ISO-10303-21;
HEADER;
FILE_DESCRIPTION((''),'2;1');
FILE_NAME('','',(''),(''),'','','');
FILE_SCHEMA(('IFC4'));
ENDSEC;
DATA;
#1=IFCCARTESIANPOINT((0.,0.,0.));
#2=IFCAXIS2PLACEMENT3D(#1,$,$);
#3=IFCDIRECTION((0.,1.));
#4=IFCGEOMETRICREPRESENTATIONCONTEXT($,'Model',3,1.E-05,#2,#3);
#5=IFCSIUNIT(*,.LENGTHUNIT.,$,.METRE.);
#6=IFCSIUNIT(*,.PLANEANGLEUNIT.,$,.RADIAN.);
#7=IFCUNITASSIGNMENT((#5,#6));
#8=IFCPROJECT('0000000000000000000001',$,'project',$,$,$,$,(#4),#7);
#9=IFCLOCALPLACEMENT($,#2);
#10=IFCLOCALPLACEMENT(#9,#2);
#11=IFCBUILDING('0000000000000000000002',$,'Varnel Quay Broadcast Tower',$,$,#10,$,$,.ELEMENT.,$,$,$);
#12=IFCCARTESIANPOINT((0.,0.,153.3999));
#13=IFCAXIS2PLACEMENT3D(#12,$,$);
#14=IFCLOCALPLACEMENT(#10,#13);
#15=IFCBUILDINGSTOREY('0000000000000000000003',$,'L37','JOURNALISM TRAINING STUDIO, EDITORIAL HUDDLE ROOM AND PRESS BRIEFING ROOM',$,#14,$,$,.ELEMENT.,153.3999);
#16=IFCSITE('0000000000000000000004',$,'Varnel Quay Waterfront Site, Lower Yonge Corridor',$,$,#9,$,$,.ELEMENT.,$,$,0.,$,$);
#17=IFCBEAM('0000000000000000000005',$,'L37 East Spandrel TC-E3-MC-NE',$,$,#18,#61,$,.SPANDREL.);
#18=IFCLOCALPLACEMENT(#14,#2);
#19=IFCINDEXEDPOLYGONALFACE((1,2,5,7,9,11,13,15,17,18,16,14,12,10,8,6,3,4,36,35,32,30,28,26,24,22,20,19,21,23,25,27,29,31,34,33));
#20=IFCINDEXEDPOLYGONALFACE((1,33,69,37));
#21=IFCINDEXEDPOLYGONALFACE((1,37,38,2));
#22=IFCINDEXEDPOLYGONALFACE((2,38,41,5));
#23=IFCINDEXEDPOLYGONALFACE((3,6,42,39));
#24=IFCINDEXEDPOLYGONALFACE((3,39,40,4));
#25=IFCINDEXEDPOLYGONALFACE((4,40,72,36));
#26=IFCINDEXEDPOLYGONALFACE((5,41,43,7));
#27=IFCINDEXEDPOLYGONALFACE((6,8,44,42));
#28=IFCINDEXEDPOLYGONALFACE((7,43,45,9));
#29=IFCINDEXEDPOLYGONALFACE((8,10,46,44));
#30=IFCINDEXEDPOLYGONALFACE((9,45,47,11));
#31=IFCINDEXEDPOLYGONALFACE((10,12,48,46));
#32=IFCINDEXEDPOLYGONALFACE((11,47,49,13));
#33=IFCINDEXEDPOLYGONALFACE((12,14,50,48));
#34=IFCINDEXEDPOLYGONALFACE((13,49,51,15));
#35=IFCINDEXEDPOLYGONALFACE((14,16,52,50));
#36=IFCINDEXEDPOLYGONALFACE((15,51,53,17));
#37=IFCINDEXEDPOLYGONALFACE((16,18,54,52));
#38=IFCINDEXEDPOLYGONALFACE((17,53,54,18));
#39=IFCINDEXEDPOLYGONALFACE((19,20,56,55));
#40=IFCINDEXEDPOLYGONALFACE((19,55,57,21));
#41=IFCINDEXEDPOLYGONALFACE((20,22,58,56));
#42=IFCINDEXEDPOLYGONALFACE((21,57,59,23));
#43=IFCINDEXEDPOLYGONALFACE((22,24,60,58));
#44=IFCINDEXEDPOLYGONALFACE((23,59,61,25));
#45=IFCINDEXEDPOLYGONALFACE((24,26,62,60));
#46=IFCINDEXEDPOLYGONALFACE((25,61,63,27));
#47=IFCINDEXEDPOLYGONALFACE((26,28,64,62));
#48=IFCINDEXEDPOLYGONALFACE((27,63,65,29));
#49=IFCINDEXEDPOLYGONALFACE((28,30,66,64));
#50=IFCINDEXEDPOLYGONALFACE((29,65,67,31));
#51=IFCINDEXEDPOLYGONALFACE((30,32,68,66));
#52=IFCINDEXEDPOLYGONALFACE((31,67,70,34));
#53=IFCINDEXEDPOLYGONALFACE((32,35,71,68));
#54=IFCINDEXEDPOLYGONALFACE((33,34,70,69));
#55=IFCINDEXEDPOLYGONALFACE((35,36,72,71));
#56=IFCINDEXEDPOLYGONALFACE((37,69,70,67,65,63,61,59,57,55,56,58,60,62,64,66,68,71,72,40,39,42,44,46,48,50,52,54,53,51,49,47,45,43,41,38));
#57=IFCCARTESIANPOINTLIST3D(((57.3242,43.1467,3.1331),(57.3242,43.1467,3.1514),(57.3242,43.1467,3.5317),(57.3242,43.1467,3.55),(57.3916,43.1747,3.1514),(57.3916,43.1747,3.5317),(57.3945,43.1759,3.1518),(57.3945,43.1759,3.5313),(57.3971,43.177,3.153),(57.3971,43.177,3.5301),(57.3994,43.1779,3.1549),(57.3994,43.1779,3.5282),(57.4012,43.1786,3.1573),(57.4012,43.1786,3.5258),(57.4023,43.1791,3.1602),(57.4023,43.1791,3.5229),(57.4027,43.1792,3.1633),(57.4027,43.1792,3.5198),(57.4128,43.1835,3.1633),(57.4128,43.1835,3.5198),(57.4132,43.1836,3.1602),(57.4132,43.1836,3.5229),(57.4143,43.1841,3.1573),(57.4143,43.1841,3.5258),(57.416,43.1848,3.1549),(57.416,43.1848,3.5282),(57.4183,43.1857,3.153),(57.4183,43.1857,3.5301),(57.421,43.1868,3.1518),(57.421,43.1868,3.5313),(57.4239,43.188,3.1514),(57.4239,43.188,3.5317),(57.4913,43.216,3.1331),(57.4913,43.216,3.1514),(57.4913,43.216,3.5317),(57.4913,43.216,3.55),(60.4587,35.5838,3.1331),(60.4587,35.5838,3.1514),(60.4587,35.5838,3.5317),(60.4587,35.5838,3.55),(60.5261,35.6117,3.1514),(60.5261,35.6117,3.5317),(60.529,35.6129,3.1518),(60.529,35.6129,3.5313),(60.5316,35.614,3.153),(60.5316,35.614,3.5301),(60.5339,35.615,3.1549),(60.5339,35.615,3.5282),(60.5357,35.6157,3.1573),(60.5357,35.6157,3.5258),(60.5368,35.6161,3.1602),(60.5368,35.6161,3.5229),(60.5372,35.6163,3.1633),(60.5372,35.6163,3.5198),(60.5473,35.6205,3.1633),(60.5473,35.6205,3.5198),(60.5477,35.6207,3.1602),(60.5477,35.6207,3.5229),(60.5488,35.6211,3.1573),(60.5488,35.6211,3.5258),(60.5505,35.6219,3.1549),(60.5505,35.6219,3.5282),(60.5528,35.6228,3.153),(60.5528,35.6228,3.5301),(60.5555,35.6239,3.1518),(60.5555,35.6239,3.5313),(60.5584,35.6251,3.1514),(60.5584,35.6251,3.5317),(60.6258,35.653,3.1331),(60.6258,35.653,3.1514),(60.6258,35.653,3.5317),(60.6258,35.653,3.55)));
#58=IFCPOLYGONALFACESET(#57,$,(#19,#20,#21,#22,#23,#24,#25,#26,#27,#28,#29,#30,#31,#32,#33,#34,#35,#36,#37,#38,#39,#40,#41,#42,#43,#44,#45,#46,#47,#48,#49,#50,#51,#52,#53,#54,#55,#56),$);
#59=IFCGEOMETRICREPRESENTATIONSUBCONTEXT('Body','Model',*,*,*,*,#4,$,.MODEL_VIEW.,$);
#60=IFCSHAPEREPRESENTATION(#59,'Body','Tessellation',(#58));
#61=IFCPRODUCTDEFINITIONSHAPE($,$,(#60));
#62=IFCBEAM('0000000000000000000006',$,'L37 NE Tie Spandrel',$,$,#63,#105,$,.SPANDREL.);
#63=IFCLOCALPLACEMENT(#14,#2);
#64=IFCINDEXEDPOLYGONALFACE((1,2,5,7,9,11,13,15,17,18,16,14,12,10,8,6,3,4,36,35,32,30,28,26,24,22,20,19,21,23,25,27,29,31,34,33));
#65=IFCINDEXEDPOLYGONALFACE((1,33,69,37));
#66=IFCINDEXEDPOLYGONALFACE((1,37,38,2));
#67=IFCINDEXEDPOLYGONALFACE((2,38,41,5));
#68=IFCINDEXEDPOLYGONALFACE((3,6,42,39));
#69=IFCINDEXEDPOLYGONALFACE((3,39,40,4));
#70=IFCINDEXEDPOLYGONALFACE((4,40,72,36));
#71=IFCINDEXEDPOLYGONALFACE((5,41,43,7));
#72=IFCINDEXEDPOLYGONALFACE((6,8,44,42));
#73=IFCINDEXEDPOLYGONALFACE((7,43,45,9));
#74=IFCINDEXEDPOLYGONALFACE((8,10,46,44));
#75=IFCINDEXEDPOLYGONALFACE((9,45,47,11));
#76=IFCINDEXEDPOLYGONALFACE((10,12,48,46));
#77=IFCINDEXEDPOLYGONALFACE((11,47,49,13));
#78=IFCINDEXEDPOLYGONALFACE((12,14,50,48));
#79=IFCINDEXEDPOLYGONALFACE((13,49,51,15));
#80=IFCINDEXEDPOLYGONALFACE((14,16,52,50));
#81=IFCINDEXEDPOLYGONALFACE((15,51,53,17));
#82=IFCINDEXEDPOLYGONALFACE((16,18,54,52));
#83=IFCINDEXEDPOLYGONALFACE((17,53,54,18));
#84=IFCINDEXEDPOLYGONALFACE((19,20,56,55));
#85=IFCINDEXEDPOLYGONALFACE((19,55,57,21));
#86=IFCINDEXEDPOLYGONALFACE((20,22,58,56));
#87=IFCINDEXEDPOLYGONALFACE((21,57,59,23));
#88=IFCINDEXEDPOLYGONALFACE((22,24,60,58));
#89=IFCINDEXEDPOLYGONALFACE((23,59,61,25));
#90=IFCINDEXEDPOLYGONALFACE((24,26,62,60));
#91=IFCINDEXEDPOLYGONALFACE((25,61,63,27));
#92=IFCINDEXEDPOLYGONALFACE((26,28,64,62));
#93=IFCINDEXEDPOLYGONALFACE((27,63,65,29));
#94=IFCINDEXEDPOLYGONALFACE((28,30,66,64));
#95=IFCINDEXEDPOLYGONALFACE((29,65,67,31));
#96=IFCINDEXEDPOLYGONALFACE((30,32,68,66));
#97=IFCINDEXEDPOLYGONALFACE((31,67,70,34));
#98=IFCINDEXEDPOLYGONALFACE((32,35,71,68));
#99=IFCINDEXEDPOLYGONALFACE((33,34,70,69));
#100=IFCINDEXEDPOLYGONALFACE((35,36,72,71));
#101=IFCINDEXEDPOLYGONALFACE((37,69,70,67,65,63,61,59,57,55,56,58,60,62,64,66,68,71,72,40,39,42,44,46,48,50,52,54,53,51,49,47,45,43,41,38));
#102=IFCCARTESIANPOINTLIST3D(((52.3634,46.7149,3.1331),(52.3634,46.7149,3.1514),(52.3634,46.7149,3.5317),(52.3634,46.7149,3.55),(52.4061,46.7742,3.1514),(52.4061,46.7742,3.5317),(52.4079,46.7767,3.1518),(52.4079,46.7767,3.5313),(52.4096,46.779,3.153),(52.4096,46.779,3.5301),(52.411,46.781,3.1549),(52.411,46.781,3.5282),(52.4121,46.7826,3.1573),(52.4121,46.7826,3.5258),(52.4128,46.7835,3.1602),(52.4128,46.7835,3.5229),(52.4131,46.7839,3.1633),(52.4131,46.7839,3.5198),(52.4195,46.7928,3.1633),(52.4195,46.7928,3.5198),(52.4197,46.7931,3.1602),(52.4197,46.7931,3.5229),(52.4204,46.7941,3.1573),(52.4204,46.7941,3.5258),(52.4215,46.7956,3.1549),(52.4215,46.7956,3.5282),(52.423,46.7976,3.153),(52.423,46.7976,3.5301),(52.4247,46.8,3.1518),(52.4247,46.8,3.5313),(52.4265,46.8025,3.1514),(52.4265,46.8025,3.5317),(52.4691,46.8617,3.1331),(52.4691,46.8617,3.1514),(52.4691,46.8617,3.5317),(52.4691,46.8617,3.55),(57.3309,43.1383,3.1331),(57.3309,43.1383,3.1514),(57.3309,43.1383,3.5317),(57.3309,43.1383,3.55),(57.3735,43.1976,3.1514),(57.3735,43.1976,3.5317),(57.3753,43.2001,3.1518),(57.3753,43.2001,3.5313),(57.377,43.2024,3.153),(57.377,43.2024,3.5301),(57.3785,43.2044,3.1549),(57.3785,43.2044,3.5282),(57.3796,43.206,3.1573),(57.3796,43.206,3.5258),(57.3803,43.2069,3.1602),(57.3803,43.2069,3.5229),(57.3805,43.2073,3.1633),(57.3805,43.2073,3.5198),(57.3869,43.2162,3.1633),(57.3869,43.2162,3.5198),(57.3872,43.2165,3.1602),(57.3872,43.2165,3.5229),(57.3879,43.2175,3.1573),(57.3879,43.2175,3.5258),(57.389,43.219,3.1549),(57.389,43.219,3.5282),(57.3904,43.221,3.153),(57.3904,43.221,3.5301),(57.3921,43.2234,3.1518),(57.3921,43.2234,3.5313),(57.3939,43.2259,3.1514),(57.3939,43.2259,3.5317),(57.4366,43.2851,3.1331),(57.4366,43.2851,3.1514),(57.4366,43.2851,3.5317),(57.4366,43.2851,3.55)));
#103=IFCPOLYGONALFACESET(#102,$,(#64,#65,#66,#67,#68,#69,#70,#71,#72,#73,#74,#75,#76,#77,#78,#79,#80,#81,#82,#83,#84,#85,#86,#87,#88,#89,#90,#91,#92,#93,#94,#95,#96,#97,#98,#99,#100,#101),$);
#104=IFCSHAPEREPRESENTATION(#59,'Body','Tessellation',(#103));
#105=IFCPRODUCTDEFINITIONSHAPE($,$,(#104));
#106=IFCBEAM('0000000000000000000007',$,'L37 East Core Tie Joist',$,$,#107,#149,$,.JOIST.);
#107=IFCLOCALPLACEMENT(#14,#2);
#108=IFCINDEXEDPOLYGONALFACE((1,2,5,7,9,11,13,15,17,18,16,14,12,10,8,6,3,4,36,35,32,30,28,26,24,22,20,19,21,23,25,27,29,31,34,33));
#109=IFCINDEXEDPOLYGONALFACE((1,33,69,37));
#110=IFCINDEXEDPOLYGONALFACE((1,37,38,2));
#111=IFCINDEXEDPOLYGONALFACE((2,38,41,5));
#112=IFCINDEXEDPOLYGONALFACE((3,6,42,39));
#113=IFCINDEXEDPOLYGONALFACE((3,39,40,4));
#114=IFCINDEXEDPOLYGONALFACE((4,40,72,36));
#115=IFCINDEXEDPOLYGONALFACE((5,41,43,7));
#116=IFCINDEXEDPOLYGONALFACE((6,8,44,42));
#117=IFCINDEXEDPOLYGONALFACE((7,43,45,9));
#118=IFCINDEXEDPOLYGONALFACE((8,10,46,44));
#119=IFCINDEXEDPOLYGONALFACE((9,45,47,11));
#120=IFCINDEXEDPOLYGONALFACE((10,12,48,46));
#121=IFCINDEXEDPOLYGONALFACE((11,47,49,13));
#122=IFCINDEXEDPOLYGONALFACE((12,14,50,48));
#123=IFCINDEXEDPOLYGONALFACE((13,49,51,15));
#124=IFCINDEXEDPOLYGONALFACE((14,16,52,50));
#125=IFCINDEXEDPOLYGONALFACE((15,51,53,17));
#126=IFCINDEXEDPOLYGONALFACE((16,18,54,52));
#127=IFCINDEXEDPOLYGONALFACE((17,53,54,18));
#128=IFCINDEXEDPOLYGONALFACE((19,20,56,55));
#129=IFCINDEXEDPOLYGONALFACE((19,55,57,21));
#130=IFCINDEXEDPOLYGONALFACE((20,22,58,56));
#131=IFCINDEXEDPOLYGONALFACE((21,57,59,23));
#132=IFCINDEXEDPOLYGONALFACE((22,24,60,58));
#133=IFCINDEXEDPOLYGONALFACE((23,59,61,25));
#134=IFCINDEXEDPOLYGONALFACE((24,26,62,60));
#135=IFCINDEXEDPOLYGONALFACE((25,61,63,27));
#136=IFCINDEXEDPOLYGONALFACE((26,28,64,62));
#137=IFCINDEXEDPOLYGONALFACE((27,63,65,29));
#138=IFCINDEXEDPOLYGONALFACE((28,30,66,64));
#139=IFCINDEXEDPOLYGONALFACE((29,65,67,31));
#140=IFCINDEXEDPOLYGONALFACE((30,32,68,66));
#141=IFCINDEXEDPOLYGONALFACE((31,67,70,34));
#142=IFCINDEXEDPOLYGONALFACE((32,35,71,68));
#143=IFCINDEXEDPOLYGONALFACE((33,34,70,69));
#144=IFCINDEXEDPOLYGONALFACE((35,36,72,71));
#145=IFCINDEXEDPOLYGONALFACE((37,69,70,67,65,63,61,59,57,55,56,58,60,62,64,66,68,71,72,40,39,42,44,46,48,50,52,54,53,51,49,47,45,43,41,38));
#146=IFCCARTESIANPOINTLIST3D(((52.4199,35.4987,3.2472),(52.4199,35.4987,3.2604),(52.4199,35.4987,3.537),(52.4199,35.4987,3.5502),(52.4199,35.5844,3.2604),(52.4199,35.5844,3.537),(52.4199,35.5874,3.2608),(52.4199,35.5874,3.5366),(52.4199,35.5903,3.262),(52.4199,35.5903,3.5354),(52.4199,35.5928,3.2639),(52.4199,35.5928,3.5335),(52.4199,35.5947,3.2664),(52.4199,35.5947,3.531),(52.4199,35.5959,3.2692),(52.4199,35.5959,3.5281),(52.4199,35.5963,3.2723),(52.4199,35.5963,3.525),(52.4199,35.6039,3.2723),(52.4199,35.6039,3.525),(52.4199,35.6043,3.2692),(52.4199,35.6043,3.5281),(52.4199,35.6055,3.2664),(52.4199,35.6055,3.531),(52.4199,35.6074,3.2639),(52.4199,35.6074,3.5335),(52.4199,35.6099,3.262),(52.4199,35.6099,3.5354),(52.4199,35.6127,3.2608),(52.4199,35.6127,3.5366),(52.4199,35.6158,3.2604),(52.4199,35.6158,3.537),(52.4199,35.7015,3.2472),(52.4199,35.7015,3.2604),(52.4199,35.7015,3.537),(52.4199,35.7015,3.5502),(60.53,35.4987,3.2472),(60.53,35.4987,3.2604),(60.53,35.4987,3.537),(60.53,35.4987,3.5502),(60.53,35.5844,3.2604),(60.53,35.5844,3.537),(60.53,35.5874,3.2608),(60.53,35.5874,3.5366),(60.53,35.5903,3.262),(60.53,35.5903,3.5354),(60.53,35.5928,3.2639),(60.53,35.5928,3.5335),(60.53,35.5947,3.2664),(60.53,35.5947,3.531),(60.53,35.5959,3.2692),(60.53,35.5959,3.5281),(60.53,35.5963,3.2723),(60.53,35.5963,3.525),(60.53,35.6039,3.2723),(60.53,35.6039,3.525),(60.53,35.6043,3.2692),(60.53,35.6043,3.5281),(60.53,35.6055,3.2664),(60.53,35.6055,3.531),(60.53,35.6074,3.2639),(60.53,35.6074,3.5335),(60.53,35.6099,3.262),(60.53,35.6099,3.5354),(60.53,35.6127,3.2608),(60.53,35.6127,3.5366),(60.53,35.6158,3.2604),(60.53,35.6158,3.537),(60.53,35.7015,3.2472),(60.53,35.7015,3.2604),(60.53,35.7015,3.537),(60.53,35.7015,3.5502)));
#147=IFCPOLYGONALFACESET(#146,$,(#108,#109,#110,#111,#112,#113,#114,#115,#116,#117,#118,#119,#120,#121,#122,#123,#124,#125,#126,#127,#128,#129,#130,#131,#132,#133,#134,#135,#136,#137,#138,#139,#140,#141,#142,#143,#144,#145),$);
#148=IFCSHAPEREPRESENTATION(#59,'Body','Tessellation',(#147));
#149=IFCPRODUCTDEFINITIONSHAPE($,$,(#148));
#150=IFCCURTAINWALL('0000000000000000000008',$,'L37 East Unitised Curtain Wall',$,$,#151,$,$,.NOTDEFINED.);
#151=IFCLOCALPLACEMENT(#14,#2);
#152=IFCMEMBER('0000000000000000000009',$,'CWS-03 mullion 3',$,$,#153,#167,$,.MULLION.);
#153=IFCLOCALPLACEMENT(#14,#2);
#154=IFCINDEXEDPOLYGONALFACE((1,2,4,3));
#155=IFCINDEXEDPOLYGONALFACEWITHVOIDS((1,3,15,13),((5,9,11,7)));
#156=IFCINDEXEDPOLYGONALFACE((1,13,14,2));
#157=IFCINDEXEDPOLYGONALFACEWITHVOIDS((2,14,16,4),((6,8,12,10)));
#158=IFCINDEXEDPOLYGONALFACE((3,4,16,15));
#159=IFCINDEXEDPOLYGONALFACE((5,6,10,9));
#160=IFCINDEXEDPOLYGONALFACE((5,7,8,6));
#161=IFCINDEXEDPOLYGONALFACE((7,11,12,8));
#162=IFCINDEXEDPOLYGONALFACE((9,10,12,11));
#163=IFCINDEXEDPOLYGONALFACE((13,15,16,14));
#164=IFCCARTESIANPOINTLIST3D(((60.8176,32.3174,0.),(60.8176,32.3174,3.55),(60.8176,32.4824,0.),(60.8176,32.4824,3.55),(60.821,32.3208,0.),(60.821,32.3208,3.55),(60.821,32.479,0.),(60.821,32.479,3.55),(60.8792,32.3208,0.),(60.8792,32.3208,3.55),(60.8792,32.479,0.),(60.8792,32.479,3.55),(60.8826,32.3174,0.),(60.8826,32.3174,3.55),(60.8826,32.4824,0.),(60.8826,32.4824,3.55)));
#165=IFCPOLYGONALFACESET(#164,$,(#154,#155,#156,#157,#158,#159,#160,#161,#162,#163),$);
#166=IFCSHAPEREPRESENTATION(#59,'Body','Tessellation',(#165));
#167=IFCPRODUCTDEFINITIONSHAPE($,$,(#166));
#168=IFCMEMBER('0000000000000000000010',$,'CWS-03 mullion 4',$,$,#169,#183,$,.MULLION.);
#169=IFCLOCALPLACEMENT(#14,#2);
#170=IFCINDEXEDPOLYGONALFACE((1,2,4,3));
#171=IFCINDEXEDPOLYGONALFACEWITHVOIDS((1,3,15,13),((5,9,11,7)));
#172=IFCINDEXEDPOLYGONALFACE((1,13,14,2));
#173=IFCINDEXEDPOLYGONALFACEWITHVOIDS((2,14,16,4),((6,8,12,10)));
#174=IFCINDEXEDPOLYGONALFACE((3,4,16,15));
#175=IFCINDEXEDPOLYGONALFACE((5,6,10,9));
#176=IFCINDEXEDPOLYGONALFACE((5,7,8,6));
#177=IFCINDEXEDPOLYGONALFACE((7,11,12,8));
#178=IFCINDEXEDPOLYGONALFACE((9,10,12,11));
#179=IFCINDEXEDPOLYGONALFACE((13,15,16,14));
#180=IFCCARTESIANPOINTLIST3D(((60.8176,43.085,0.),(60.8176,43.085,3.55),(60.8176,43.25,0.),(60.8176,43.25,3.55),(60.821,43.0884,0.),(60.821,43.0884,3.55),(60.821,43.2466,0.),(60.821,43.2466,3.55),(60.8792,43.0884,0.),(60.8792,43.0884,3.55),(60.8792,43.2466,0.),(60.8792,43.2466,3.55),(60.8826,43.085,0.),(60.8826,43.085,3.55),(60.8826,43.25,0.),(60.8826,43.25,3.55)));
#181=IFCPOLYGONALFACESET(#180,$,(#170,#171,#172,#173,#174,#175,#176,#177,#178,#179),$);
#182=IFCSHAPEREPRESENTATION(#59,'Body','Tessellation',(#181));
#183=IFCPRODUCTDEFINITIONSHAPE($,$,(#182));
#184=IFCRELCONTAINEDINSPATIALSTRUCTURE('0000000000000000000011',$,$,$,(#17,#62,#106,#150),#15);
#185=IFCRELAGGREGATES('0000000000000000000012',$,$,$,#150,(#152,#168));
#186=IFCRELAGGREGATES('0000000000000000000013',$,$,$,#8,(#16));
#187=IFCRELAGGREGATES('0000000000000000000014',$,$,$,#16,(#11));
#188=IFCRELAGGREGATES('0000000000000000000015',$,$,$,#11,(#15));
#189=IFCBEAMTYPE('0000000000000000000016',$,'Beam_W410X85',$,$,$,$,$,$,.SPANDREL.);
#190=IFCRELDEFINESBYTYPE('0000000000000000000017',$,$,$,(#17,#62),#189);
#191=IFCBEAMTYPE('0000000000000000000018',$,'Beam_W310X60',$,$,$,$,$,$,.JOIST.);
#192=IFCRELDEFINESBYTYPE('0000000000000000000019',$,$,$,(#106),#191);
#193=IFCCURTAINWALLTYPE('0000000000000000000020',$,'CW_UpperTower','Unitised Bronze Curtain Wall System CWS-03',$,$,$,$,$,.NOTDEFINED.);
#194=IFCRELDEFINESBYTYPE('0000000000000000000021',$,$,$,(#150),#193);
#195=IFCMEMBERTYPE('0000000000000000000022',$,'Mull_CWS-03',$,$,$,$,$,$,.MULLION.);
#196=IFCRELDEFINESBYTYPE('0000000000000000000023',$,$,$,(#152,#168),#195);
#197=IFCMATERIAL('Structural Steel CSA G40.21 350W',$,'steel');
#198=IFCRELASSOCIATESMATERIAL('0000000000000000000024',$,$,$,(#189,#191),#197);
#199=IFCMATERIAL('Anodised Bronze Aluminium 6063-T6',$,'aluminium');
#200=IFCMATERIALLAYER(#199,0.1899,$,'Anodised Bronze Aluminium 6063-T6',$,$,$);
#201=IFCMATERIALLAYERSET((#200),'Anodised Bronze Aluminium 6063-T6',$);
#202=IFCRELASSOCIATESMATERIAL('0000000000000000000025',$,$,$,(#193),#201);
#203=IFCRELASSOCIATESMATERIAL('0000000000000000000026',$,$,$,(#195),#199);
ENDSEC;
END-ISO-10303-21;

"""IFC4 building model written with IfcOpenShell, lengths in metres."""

from ifc_helpers import new_model, si_unit, direction, frame, origin, origin_2d, place, context, subcontext, project, spatial, hollow_rectangle, i_section, extrude, source, transform, mapped, material, layer, layer_set, material_profile, profile_set, type_object, type_shapes, element, aggregate, save


model = new_model("IFC4")

# Units and contexts
model_context = context("Model", 3, precision=1e-05, world=origin(), true_north=direction((0.0, 1.0)))
body_context = subcontext(model_context, "Body", "Model", "MODEL_VIEW")
ifc_project = project(units=[si_unit("LENGTHUNIT", "METRE"), si_unit("PLANEANGLEUNIT", "RADIAN")], contexts=[model_context])

# Site, building, storey
site_placement = place(None, origin())
site = spatial("IfcSite", under=ifc_project, at=site_placement, Name="Varnel Quay Waterfront Site, Lower Yonge Corridor", CompositionType="ELEMENT", RefElevation=0.0)
building_placement = place(site_placement, origin())
building = spatial("IfcBuilding", under=site, at=building_placement, Name="Varnel Quay Broadcast Tower", CompositionType="ELEMENT")
storey_placement = place(building_placement, frame((0.0, 0.0, 153.3999)))
storey = spatial("IfcBuildingStorey", under=building, at=storey_placement, Name="L37", Description="JOURNALISM TRAINING STUDIO, EDITORIAL HUDDLE ROOM AND PRESS BRIEFING ROOM", CompositionType="ELEMENT", Elevation=153.3999)

# Shared definitions
ifc_material_1 = material(Name="Structural Steel CSA G40.21 350W", Category="steel")

# Beams
ifc_material_profile_1 = material_profile(ifc_material_1, i_section(OverallWidth=0.1809, OverallDepth=0.417, WebThickness=0.011, FlangeThickness=0.0183, FilletRadius=0.012, at=origin_2d()), Name="W410X85")
ifc_profile_set_1 = profile_set([ifc_material_profile_1], Name="Structural Steel CSA G40.21 350W")
beam_type_1 = type_object("IfcBeamType", Name="Beam_W410X85", PredefinedType="SPANDREL", material=ifc_profile_set_1)
shared_shape_1 = source(origin(), body_context, "Body", "SweptSolid", [
    extrude(i_section(OverallWidth=0.1809, OverallDepth=0.417, WebThickness=0.011, FlangeThickness=0.0183, FilletRadius=0.012, at=origin_2d()), origin(), (0.0, 0.0, 1.0), 8.1868),
])
beam_1_placement = place(storey_placement, frame((60.5422, 35.6184, 3.3416), z_axis=(-0.382874, 0.923801, 0.0), x_axis=(-0.923801, -0.382874, 0.0)))
element("IfcBeam", 1, at=beam_1_placement, inside=storey, type_object=beam_type_1, Name="L37 East Spandrel TC-E3-MC-NE", PredefinedType="SPANDREL", context=body_context, shape_type="MappedRepresentation", body=[
    mapped(shared_shape_1, transform((0.0, 0.0, 0.0), x_axis=(1.0, 0.0, 0.0), y_axis=(0.0, 1.0, 0.0), z_axis=(0.0, 0.0, 1.0), scale=1.0)),
])
shared_shape_2 = source(origin(), body_context, "Body", "SweptSolid", [
    extrude(i_section(OverallWidth=0.1809, OverallDepth=0.417, WebThickness=0.011, FlangeThickness=0.0183, FilletRadius=0.012, at=origin_2d()), origin(), (0.0, 0.0, 1.0), 6.1211),
])
type_shapes(beam_type_1, [shared_shape_1, shared_shape_2])
beam_2_placement = place(storey_placement, frame((52.4163, 46.7883, 3.3416), z_axis=(0.811531, -0.584309, 0.0), x_axis=(0.584309, 0.811531, 0.0)))
element("IfcBeam", 2, at=beam_2_placement, inside=storey, type_object=beam_type_1, Name="L37 NE Tie Spandrel", PredefinedType="SPANDREL", context=body_context, shape_type="MappedRepresentation", body=[
    mapped(shared_shape_2, transform((0.0, 0.0, 0.0), x_axis=(1.0, 0.0, 0.0), y_axis=(0.0, 1.0, 0.0), z_axis=(0.0, 0.0, 1.0), scale=1.0)),
])
ifc_material_profile_2 = material_profile(ifc_material_1, i_section(OverallWidth=0.2029, OverallDepth=0.303, WebThickness=0.0076, FlangeThickness=0.0132, FilletRadius=0.012, at=origin_2d()), Name="W310X60")
ifc_profile_set_2 = profile_set([ifc_material_profile_2], Name="Structural Steel CSA G40.21 350W")
beam_type_2 = type_object("IfcBeamType", Name="Beam_W310X60", PredefinedType="JOIST", material=ifc_profile_set_2)
shared_shape_3 = source(origin(), body_context, "Body", "SweptSolid", [
    extrude(i_section(OverallWidth=0.2029, OverallDepth=0.303, WebThickness=0.0076, FlangeThickness=0.0132, FilletRadius=0.012, at=origin_2d()), origin(), (0.0, 0.0, 1.0), 8.1101),
])
type_shapes(beam_type_2, [shared_shape_3])
beam_3_placement = place(storey_placement, frame((52.4199, 35.6001, 3.3987), z_axis=(1.0, 0.0, 0.0), x_axis=(0.0, 1.0, 0.0)))
element("IfcBeam", 3, at=beam_3_placement, inside=storey, type_object=beam_type_2, Name="L37 East Core Tie Joist", PredefinedType="JOIST", context=body_context, shape_type="MappedRepresentation", body=[
    mapped(shared_shape_3, transform((0.0, 0.0, 0.0), x_axis=(1.0, 0.0, 0.0), y_axis=(0.0, 1.0, 0.0), z_axis=(0.0, 0.0, 1.0), scale=1.0)),
])

# Curtain wall, members
ifc_material_2 = material(Name="Anodised Bronze Aluminium 6063-T6", Category="aluminium")
ifc_layer_1 = layer(ifc_material_2, 0.1899, Name="Anodised Bronze Aluminium 6063-T6")
ifc_layer_set_1 = layer_set([ifc_layer_1], Name="Anodised Bronze Aluminium 6063-T6")
curtain_wall_type = type_object("IfcCurtainWallType", Name="CW_UpperTower", Description="Unitised Bronze Curtain Wall System CWS-03", PredefinedType="NOTDEFINED", material=ifc_layer_set_1)
curtain_wall_1_placement = place(storey_placement, origin())
curtain_wall_1 = element("IfcCurtainWall", 4, at=curtain_wall_1_placement, inside=storey, type_object=curtain_wall_type, Name="L37 East Unitised Curtain Wall", PredefinedType="NOTDEFINED")
ifc_material_profile_3 = material_profile(ifc_material_2, hollow_rectangle(XDim=0.0649, YDim=0.165, WallThickness=0.0034, at=origin_2d()), Name="ALU65X165X3.5")
ifc_profile_set_3 = profile_set([ifc_material_profile_3], Name="Anodised Bronze Aluminium 6063-T6")
member_type_1 = type_object("IfcMemberType", Name="Mull_CWS-03", PredefinedType="MULLION", material=ifc_profile_set_3)
shared_shape_4 = source(origin(), body_context, "Body", "SweptSolid", [
    extrude(hollow_rectangle(XDim=0.0649, YDim=0.165, WallThickness=0.0034, at=origin_2d()), origin(), (0.0, 0.0, 1.0), 3.55),
])
type_shapes(member_type_1, [shared_shape_4])
member_1_placement = place(storey_placement, frame((60.8501, 32.3999, 0.0), z_axis=(0.0, 0.0, 1.0), x_axis=(-1.0, 0.0, 0.0)))
member_1 = element("IfcMember", 5, at=member_1_placement, type_object=member_type_1, Name="CWS-03 mullion 3", PredefinedType="MULLION", context=body_context, shape_type="MappedRepresentation", body=[
    mapped(shared_shape_4, transform((0.0, 0.0, 0.0), x_axis=(1.0, 0.0, 0.0), y_axis=(0.0, 1.0, 0.0), z_axis=(0.0, 0.0, 1.0), scale=1.0)),
])
member_2_placement = place(storey_placement, frame((60.8501, 43.1675, 0.0), z_axis=(0.0, 0.0, 1.0), x_axis=(-1.0, 0.0, 0.0)))
member_2 = element("IfcMember", 6, at=member_2_placement, type_object=member_type_1, Name="CWS-03 mullion 4", PredefinedType="MULLION", context=body_context, shape_type="MappedRepresentation", body=[
    mapped(shared_shape_4, transform((0.0, 0.0, 0.0), x_axis=(1.0, 0.0, 0.0), y_axis=(0.0, 1.0, 0.0), z_axis=(0.0, 0.0, 1.0), scale=1.0)),
])

aggregate(curtain_wall_1, [member_1, member_2])

save(model, "model.ifc")
